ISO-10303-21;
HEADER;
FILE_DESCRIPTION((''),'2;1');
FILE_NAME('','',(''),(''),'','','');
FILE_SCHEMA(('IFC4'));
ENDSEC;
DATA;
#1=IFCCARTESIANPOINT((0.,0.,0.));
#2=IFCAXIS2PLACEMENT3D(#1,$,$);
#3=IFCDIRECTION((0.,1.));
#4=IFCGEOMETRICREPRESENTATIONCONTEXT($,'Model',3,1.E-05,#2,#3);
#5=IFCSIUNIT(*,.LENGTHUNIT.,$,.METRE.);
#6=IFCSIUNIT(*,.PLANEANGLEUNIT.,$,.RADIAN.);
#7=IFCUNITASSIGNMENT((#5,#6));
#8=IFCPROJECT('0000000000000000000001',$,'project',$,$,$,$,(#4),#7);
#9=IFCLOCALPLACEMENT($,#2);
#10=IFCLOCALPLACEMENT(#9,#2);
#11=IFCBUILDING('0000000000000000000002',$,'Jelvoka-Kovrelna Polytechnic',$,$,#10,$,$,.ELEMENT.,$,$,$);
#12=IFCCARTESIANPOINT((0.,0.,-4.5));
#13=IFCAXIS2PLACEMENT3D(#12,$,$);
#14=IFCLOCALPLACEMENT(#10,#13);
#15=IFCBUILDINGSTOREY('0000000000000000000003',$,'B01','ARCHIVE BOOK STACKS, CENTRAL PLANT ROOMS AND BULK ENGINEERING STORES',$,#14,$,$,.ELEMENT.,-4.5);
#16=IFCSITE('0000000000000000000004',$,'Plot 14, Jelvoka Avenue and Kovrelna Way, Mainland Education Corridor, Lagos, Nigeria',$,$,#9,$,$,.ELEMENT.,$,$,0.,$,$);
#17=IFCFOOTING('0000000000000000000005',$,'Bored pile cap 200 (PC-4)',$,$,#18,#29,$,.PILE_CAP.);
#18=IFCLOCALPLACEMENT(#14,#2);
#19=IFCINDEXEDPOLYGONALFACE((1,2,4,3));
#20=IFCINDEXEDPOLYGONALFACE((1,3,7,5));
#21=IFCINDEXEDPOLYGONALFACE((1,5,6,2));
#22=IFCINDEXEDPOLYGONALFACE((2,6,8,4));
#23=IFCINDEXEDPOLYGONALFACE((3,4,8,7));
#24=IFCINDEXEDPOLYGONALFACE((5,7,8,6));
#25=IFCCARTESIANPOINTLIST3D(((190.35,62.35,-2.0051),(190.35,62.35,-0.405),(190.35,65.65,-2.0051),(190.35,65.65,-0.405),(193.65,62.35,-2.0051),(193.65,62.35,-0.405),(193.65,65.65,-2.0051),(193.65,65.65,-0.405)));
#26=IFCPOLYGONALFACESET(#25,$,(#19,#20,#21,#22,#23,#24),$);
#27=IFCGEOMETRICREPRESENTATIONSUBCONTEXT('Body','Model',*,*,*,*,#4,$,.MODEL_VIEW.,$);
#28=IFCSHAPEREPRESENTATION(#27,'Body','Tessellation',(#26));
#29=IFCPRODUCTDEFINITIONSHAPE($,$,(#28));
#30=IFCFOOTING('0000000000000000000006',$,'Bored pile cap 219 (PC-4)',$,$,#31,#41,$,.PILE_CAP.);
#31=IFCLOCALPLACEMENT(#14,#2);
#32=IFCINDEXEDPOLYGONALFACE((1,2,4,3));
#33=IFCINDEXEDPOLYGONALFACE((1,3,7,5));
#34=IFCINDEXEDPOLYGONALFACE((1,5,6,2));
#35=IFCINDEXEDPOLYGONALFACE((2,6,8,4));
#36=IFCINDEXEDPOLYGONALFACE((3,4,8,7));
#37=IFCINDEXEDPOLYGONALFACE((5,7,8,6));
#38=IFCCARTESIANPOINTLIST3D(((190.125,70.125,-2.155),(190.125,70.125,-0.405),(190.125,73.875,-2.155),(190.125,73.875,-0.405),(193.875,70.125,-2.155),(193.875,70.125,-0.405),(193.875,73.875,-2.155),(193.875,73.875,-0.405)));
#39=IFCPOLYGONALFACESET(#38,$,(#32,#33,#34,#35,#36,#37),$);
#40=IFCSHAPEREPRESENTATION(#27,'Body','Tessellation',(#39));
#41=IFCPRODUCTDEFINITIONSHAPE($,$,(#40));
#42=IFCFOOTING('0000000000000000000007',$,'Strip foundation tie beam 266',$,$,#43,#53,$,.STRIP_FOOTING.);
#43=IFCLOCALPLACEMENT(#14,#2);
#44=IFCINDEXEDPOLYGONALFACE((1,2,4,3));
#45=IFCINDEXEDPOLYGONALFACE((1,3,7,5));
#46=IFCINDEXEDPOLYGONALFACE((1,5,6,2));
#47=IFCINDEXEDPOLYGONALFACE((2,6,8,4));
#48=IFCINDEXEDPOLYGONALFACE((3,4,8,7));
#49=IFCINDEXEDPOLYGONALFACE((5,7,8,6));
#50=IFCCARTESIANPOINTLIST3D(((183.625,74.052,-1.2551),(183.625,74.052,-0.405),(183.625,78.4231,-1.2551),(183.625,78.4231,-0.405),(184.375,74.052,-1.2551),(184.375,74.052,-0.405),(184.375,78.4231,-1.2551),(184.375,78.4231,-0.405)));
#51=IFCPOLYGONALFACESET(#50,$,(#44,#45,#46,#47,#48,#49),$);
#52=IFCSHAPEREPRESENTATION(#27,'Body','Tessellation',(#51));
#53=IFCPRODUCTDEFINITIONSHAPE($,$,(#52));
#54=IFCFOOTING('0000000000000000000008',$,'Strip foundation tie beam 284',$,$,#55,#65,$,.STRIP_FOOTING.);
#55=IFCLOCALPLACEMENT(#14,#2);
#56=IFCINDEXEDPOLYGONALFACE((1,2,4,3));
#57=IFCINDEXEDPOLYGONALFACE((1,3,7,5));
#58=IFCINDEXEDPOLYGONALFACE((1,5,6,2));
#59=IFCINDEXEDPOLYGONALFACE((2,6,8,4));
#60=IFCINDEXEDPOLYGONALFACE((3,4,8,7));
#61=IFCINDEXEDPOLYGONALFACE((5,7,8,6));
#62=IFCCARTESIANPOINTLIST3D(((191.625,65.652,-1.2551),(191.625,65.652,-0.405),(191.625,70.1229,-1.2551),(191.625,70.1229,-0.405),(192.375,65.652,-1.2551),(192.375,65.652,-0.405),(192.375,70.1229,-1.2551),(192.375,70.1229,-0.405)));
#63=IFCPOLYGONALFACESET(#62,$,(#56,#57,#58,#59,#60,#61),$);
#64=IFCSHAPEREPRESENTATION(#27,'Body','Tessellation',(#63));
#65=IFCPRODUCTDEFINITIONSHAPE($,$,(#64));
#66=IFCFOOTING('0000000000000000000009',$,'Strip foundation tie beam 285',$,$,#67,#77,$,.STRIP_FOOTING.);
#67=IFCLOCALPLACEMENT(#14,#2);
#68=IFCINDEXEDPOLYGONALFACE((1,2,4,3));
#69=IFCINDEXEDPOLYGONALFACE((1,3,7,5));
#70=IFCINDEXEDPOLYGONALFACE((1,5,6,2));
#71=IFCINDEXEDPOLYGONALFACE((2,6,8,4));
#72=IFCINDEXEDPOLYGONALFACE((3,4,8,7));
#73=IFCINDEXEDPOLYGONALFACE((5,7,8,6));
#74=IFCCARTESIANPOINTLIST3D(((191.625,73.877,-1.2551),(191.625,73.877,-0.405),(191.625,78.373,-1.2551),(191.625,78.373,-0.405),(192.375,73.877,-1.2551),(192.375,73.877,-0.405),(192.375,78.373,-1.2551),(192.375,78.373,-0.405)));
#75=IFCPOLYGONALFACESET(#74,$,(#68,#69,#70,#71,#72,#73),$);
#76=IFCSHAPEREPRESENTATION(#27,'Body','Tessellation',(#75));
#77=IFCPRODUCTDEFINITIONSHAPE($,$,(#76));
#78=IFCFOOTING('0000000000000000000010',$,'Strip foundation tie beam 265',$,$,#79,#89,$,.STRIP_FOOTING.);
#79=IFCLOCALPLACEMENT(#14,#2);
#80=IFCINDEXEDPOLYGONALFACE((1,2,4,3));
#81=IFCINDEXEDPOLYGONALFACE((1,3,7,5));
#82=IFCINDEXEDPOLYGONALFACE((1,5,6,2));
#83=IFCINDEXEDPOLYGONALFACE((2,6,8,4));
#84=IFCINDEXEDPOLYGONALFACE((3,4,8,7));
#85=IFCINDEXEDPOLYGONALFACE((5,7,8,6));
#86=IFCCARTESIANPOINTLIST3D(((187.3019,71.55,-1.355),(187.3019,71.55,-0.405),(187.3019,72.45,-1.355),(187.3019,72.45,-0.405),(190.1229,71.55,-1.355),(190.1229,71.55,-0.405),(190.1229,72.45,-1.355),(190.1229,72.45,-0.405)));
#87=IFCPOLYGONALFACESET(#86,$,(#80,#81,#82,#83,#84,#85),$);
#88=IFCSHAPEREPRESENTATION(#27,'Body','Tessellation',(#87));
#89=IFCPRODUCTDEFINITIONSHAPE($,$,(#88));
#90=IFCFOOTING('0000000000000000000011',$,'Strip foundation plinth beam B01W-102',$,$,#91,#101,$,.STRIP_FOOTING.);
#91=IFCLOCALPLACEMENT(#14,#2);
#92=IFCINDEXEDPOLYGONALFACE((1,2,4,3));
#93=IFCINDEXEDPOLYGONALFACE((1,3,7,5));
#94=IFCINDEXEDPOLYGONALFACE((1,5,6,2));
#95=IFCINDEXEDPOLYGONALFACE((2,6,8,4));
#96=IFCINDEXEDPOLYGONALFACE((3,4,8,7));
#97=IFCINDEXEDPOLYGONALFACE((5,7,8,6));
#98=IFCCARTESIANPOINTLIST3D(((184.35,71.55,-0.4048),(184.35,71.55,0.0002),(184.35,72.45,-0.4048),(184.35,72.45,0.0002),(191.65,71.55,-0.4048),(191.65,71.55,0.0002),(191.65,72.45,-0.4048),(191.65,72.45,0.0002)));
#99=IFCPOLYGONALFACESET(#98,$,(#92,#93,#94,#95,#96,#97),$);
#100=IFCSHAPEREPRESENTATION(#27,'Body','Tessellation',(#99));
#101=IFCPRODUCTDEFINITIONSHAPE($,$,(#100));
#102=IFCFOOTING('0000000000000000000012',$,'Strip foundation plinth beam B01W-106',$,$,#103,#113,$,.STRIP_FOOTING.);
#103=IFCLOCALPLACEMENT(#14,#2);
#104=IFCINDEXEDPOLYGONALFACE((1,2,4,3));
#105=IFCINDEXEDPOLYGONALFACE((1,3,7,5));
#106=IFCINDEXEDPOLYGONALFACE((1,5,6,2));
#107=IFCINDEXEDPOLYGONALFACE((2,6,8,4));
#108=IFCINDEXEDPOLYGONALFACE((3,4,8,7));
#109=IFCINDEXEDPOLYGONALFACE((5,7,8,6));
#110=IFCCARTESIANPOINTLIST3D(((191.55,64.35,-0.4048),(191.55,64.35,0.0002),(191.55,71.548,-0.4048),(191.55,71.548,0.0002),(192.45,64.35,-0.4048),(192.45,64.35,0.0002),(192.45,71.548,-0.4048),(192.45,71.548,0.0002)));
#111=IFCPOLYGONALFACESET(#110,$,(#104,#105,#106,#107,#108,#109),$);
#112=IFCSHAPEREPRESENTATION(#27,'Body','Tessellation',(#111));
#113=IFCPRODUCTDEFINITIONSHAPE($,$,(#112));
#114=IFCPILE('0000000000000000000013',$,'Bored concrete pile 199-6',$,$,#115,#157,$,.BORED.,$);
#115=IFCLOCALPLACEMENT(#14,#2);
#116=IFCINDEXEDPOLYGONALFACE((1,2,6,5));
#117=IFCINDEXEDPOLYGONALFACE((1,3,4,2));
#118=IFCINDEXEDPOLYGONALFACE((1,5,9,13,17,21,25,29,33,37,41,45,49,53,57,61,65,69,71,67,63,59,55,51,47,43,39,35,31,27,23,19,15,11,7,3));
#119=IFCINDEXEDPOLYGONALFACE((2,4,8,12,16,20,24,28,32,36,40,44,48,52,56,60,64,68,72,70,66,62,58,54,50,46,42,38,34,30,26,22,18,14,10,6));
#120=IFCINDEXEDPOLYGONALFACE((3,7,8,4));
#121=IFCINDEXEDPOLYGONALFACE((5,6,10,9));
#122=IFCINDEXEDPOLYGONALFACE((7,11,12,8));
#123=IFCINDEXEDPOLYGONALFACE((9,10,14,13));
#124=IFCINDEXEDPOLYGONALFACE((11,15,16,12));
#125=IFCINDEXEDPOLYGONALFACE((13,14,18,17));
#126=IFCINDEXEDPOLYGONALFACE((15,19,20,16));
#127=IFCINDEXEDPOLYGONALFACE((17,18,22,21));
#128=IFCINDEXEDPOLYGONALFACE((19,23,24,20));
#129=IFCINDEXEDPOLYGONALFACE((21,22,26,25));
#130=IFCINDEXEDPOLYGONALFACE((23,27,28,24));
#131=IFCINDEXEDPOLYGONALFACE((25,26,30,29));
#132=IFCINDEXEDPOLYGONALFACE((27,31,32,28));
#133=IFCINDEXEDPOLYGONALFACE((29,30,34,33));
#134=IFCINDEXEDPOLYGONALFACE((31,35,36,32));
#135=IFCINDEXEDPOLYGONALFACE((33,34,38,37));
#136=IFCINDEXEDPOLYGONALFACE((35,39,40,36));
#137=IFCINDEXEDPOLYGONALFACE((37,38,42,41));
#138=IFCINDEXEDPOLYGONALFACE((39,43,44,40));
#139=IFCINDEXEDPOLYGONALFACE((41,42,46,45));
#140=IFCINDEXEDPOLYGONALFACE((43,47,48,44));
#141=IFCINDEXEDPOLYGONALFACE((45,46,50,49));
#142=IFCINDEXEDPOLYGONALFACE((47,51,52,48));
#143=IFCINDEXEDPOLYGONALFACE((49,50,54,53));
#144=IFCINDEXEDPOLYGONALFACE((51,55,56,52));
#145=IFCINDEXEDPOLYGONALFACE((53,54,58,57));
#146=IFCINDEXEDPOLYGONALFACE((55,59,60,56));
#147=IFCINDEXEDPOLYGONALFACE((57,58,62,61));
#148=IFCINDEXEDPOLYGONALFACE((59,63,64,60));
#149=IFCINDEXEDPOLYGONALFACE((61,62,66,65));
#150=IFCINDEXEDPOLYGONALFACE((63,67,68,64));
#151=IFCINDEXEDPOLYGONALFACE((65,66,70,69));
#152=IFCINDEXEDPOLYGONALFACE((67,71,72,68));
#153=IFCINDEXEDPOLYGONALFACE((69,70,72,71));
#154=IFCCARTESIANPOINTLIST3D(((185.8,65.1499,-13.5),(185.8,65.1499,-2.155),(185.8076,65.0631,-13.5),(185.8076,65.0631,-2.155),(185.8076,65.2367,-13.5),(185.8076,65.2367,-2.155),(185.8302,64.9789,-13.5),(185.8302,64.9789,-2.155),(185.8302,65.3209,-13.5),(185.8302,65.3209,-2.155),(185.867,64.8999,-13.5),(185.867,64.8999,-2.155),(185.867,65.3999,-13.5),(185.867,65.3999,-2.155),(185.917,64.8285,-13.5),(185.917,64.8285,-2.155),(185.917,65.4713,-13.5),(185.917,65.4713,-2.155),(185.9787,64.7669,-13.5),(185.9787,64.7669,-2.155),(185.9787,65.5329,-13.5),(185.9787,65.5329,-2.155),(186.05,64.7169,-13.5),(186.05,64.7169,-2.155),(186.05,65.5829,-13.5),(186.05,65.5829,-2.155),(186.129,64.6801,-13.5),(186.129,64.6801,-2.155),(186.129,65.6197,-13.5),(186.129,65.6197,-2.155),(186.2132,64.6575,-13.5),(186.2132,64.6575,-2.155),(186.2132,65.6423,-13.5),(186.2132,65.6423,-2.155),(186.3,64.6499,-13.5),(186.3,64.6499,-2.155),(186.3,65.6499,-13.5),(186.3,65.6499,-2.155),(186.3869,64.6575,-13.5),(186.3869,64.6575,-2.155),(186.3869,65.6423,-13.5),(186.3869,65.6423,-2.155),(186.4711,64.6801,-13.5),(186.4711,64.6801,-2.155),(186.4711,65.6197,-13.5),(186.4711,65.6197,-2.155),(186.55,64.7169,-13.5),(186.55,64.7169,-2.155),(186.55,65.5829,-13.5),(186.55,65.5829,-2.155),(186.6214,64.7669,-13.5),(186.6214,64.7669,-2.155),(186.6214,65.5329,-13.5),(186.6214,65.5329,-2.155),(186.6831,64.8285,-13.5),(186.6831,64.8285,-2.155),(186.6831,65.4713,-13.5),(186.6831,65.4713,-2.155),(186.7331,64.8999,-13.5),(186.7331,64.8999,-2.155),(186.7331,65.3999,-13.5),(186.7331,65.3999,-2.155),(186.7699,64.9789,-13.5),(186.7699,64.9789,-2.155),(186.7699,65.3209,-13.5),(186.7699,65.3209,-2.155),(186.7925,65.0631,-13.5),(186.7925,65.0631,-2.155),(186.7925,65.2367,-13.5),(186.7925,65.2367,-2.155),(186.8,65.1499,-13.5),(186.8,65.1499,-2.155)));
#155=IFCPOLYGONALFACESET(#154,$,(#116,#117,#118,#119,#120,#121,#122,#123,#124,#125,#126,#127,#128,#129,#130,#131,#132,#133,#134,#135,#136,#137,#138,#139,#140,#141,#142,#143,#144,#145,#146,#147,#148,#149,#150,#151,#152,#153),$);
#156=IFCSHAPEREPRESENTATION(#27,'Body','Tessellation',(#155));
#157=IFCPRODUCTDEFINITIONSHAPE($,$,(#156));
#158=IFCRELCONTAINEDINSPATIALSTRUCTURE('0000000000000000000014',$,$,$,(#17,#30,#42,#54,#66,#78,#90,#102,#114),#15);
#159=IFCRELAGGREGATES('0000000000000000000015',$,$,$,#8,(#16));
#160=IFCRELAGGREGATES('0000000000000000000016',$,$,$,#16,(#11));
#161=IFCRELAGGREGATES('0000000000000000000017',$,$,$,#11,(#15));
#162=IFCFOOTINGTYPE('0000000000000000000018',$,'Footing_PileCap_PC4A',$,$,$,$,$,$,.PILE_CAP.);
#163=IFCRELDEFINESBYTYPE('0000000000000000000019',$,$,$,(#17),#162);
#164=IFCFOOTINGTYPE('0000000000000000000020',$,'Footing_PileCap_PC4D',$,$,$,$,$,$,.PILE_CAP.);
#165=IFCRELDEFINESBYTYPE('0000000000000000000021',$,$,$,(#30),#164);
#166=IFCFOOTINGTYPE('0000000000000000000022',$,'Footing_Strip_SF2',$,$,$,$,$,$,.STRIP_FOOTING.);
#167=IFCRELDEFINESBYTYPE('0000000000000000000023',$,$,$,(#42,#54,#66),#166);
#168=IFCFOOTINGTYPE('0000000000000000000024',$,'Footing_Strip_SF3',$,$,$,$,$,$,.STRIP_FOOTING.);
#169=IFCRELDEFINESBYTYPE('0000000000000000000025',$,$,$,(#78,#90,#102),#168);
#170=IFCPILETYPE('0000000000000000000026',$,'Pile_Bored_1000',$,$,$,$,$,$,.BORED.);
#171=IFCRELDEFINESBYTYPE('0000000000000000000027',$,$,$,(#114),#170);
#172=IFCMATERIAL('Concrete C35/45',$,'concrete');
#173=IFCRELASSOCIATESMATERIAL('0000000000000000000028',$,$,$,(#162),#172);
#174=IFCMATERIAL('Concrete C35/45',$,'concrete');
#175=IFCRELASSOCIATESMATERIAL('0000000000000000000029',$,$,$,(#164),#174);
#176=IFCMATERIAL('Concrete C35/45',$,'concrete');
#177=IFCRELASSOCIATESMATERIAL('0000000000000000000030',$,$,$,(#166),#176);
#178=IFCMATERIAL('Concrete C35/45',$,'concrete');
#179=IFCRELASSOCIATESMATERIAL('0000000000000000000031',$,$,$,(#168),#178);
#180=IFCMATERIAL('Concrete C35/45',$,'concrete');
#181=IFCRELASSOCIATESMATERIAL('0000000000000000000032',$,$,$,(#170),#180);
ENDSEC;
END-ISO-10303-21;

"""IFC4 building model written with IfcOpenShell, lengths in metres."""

from ifc_helpers import new_model, si_unit, direction, frame, origin, origin_2d, place, context, subcontext, project, spatial, rectangle, circle, extrude, material, material_profile, profile_set, type_object, element, save


model = new_model("IFC4")

# Units and contexts
model_context = context("Model", 3, precision=1e-05, world=origin(), true_north=direction((0.0, 1.0)))
body_context = subcontext(model_context, "Body", "Model", "MODEL_VIEW")
ifc_project = project(units=[si_unit("LENGTHUNIT", "METRE"), si_unit("PLANEANGLEUNIT", "RADIAN")], contexts=[model_context])

# Site, building, storey
site_placement = place(None, origin())
site = spatial("IfcSite", under=ifc_project, at=site_placement, Name="Plot 14, Jelvoka Avenue and Kovrelna Way, Mainland Education Corridor, Lagos, Nigeria", CompositionType="ELEMENT", RefElevation=0.0)
building_placement = place(site_placement, origin())
building = spatial("IfcBuilding", under=site, at=building_placement, Name="Jelvoka-Kovrelna Polytechnic", CompositionType="ELEMENT")
storey_placement = place(building_placement, frame((0.0, 0.0, -4.5)))
storey = spatial("IfcBuildingStorey", under=building, at=storey_placement, Name="B01", Description="ARCHIVE BOOK STACKS, CENTRAL PLANT ROOMS AND BULK ENGINEERING STORES", CompositionType="ELEMENT", Elevation=-4.5)

# Footings
ifc_material_1 = material(Name="Concrete C35/45", Category="concrete")
footing_type_1 = type_object("IfcFootingType", Name="Footing_PileCap_PC4A", PredefinedType="PILE_CAP", material=ifc_material_1)
footing_1_placement = place(storey_placement, frame((192.0, 64.0, -2.0051), z_axis=(0.0, 0.0, 1.0), x_axis=(1.0, 0.0, 0.0)))
element("IfcFooting", 1, at=footing_1_placement, inside=storey, type_object=footing_type_1, Name="Bored pile cap 200 (PC-4)", PredefinedType="PILE_CAP", context=body_context, shape_type="SweptSolid", body=[
    extrude(rectangle(XDim=3.3, YDim=3.3, at=origin_2d()), origin(), (0.0, 0.0, 1.0), 1.6001),
])
ifc_material_2 = material(Name="Concrete C35/45", Category="concrete")
footing_type_2 = type_object("IfcFootingType", Name="Footing_PileCap_PC4D", PredefinedType="PILE_CAP", material=ifc_material_2)
footing_2_placement = place(storey_placement, frame((192.0, 72.0, -2.155), z_axis=(0.0, 0.0, 1.0), x_axis=(1.0, 0.0, 0.0)))
element("IfcFooting", 2, at=footing_2_placement, inside=storey, type_object=footing_type_2, Name="Bored pile cap 219 (PC-4)", PredefinedType="PILE_CAP", context=body_context, shape_type="SweptSolid", body=[
    extrude(rectangle(XDim=3.75, YDim=3.75, at=origin_2d()), origin(), (0.0, 0.0, 1.0), 1.75),
])
ifc_material_3 = material(Name="Concrete C35/45", Category="concrete")
footing_type_3 = type_object("IfcFootingType", Name="Footing_Strip_SF2", PredefinedType="STRIP_FOOTING", material=ifc_material_3)
footing_3_placement = place(storey_placement, frame((184.0, 76.2375, -1.2551), z_axis=(0.0, 0.0, 1.0), x_axis=(0.0, 1.0, 0.0)))
element("IfcFooting", 3, at=footing_3_placement, inside=storey, type_object=footing_type_3, Name="Strip foundation tie beam 266", PredefinedType="STRIP_FOOTING", context=body_context, shape_type="SweptSolid", body=[
    extrude(rectangle(XDim=4.3711, YDim=0.75, at=origin_2d()), origin(), (0.0, 0.0, 1.0), 0.8501),
])
footing_4_placement = place(storey_placement, frame((192.0, 67.8875, -1.2551), z_axis=(0.0, 0.0, 1.0), x_axis=(0.0, 1.0, 0.0)))
element("IfcFooting", 4, at=footing_4_placement, inside=storey, type_object=footing_type_3, Name="Strip foundation tie beam 284", PredefinedType="STRIP_FOOTING", context=body_context, shape_type="SweptSolid", body=[
    extrude(rectangle(XDim=4.4709, YDim=0.75, at=origin_2d()), origin(), (0.0, 0.0, 1.0), 0.8501),
])
footing_5_placement = place(storey_placement, frame((192.0, 76.125, -1.2551), z_axis=(0.0, 0.0, 1.0), x_axis=(0.0, 1.0, 0.0)))
element("IfcFooting", 5, at=footing_5_placement, inside=storey, type_object=footing_type_3, Name="Strip foundation tie beam 285", PredefinedType="STRIP_FOOTING", context=body_context, shape_type="SweptSolid", body=[
    extrude(rectangle(XDim=4.4961, YDim=0.75, at=origin_2d()), origin(), (0.0, 0.0, 1.0), 0.8501),
])
ifc_material_4 = material(Name="Concrete C35/45", Category="concrete")
footing_type_4 = type_object("IfcFootingType", Name="Footing_Strip_SF3", PredefinedType="STRIP_FOOTING", material=ifc_material_4)
footing_6_placement = place(storey_placement, frame((188.7124, 72.0, -1.355), z_axis=(0.0, 0.0, 1.0), x_axis=(1.0, 0.0, 0.0)))
element("IfcFooting", 6, at=footing_6_placement, inside=storey, type_object=footing_type_4, Name="Strip foundation tie beam 265", PredefinedType="STRIP_FOOTING", context=body_context, shape_type="SweptSolid", body=[
    extrude(rectangle(XDim=2.821, YDim=0.8999, at=origin_2d()), origin(), (0.0, 0.0, 1.0), 0.95),
])
footing_7_placement = place(storey_placement, frame((188.0, 72.0, -0.4048), z_axis=(0.0, 0.0, 1.0), x_axis=(1.0, 0.0, 0.0)))
element("IfcFooting", 7, at=footing_7_placement, inside=storey, type_object=footing_type_4, Name="Strip foundation plinth beam B01W-102", PredefinedType="STRIP_FOOTING", context=body_context, shape_type="SweptSolid", body=[
    extrude(rectangle(XDim=7.3, YDim=0.8999, at=origin_2d()), origin(), (0.0, 0.0, 1.0), 0.405),
])
footing_8_placement = place(storey_placement, frame((192.0, 67.949, -0.4048), z_axis=(0.0, 0.0, 1.0), x_axis=(0.0, 1.0, 0.0)))
element("IfcFooting", 8, at=footing_8_placement, inside=storey, type_object=footing_type_4, Name="Strip foundation plinth beam B01W-106", PredefinedType="STRIP_FOOTING", context=body_context, shape_type="SweptSolid", body=[
    extrude(rectangle(XDim=7.198, YDim=0.8999, at=origin_2d()), origin(), (0.0, 0.0, 1.0), 0.405),
])

# Pile
ifc_material_5 = material(Name="Concrete C35/45", Category="concrete")
ifc_material_profile_1 = material_profile(ifc_material_5, circle(Radius=0.5, at=origin_2d()), Name="PILE D1000")
ifc_profile_set_1 = profile_set([ifc_material_profile_1], Name="Concrete C35/45")
pile_type_1 = type_object("IfcPileType", Name="Pile_Bored_1000", PredefinedType="BORED", material=ifc_profile_set_1)
pile_placement = place(storey_placement, frame((186.3, 65.1499, -2.155), z_axis=(0.0, 0.0, -1.0), x_axis=(1.0, 0.0, 0.0)))
element("IfcPile", 9, at=pile_placement, inside=storey, type_object=pile_type_1, Name="Bored concrete pile 199-6", PredefinedType="BORED", context=body_context, shape_type="SweptSolid", body=[
    extrude(circle(Radius=0.5, at=origin_2d()), origin(), (0.0, 0.0, 1.0), 11.345),
])

save(model, "model.ifc")
